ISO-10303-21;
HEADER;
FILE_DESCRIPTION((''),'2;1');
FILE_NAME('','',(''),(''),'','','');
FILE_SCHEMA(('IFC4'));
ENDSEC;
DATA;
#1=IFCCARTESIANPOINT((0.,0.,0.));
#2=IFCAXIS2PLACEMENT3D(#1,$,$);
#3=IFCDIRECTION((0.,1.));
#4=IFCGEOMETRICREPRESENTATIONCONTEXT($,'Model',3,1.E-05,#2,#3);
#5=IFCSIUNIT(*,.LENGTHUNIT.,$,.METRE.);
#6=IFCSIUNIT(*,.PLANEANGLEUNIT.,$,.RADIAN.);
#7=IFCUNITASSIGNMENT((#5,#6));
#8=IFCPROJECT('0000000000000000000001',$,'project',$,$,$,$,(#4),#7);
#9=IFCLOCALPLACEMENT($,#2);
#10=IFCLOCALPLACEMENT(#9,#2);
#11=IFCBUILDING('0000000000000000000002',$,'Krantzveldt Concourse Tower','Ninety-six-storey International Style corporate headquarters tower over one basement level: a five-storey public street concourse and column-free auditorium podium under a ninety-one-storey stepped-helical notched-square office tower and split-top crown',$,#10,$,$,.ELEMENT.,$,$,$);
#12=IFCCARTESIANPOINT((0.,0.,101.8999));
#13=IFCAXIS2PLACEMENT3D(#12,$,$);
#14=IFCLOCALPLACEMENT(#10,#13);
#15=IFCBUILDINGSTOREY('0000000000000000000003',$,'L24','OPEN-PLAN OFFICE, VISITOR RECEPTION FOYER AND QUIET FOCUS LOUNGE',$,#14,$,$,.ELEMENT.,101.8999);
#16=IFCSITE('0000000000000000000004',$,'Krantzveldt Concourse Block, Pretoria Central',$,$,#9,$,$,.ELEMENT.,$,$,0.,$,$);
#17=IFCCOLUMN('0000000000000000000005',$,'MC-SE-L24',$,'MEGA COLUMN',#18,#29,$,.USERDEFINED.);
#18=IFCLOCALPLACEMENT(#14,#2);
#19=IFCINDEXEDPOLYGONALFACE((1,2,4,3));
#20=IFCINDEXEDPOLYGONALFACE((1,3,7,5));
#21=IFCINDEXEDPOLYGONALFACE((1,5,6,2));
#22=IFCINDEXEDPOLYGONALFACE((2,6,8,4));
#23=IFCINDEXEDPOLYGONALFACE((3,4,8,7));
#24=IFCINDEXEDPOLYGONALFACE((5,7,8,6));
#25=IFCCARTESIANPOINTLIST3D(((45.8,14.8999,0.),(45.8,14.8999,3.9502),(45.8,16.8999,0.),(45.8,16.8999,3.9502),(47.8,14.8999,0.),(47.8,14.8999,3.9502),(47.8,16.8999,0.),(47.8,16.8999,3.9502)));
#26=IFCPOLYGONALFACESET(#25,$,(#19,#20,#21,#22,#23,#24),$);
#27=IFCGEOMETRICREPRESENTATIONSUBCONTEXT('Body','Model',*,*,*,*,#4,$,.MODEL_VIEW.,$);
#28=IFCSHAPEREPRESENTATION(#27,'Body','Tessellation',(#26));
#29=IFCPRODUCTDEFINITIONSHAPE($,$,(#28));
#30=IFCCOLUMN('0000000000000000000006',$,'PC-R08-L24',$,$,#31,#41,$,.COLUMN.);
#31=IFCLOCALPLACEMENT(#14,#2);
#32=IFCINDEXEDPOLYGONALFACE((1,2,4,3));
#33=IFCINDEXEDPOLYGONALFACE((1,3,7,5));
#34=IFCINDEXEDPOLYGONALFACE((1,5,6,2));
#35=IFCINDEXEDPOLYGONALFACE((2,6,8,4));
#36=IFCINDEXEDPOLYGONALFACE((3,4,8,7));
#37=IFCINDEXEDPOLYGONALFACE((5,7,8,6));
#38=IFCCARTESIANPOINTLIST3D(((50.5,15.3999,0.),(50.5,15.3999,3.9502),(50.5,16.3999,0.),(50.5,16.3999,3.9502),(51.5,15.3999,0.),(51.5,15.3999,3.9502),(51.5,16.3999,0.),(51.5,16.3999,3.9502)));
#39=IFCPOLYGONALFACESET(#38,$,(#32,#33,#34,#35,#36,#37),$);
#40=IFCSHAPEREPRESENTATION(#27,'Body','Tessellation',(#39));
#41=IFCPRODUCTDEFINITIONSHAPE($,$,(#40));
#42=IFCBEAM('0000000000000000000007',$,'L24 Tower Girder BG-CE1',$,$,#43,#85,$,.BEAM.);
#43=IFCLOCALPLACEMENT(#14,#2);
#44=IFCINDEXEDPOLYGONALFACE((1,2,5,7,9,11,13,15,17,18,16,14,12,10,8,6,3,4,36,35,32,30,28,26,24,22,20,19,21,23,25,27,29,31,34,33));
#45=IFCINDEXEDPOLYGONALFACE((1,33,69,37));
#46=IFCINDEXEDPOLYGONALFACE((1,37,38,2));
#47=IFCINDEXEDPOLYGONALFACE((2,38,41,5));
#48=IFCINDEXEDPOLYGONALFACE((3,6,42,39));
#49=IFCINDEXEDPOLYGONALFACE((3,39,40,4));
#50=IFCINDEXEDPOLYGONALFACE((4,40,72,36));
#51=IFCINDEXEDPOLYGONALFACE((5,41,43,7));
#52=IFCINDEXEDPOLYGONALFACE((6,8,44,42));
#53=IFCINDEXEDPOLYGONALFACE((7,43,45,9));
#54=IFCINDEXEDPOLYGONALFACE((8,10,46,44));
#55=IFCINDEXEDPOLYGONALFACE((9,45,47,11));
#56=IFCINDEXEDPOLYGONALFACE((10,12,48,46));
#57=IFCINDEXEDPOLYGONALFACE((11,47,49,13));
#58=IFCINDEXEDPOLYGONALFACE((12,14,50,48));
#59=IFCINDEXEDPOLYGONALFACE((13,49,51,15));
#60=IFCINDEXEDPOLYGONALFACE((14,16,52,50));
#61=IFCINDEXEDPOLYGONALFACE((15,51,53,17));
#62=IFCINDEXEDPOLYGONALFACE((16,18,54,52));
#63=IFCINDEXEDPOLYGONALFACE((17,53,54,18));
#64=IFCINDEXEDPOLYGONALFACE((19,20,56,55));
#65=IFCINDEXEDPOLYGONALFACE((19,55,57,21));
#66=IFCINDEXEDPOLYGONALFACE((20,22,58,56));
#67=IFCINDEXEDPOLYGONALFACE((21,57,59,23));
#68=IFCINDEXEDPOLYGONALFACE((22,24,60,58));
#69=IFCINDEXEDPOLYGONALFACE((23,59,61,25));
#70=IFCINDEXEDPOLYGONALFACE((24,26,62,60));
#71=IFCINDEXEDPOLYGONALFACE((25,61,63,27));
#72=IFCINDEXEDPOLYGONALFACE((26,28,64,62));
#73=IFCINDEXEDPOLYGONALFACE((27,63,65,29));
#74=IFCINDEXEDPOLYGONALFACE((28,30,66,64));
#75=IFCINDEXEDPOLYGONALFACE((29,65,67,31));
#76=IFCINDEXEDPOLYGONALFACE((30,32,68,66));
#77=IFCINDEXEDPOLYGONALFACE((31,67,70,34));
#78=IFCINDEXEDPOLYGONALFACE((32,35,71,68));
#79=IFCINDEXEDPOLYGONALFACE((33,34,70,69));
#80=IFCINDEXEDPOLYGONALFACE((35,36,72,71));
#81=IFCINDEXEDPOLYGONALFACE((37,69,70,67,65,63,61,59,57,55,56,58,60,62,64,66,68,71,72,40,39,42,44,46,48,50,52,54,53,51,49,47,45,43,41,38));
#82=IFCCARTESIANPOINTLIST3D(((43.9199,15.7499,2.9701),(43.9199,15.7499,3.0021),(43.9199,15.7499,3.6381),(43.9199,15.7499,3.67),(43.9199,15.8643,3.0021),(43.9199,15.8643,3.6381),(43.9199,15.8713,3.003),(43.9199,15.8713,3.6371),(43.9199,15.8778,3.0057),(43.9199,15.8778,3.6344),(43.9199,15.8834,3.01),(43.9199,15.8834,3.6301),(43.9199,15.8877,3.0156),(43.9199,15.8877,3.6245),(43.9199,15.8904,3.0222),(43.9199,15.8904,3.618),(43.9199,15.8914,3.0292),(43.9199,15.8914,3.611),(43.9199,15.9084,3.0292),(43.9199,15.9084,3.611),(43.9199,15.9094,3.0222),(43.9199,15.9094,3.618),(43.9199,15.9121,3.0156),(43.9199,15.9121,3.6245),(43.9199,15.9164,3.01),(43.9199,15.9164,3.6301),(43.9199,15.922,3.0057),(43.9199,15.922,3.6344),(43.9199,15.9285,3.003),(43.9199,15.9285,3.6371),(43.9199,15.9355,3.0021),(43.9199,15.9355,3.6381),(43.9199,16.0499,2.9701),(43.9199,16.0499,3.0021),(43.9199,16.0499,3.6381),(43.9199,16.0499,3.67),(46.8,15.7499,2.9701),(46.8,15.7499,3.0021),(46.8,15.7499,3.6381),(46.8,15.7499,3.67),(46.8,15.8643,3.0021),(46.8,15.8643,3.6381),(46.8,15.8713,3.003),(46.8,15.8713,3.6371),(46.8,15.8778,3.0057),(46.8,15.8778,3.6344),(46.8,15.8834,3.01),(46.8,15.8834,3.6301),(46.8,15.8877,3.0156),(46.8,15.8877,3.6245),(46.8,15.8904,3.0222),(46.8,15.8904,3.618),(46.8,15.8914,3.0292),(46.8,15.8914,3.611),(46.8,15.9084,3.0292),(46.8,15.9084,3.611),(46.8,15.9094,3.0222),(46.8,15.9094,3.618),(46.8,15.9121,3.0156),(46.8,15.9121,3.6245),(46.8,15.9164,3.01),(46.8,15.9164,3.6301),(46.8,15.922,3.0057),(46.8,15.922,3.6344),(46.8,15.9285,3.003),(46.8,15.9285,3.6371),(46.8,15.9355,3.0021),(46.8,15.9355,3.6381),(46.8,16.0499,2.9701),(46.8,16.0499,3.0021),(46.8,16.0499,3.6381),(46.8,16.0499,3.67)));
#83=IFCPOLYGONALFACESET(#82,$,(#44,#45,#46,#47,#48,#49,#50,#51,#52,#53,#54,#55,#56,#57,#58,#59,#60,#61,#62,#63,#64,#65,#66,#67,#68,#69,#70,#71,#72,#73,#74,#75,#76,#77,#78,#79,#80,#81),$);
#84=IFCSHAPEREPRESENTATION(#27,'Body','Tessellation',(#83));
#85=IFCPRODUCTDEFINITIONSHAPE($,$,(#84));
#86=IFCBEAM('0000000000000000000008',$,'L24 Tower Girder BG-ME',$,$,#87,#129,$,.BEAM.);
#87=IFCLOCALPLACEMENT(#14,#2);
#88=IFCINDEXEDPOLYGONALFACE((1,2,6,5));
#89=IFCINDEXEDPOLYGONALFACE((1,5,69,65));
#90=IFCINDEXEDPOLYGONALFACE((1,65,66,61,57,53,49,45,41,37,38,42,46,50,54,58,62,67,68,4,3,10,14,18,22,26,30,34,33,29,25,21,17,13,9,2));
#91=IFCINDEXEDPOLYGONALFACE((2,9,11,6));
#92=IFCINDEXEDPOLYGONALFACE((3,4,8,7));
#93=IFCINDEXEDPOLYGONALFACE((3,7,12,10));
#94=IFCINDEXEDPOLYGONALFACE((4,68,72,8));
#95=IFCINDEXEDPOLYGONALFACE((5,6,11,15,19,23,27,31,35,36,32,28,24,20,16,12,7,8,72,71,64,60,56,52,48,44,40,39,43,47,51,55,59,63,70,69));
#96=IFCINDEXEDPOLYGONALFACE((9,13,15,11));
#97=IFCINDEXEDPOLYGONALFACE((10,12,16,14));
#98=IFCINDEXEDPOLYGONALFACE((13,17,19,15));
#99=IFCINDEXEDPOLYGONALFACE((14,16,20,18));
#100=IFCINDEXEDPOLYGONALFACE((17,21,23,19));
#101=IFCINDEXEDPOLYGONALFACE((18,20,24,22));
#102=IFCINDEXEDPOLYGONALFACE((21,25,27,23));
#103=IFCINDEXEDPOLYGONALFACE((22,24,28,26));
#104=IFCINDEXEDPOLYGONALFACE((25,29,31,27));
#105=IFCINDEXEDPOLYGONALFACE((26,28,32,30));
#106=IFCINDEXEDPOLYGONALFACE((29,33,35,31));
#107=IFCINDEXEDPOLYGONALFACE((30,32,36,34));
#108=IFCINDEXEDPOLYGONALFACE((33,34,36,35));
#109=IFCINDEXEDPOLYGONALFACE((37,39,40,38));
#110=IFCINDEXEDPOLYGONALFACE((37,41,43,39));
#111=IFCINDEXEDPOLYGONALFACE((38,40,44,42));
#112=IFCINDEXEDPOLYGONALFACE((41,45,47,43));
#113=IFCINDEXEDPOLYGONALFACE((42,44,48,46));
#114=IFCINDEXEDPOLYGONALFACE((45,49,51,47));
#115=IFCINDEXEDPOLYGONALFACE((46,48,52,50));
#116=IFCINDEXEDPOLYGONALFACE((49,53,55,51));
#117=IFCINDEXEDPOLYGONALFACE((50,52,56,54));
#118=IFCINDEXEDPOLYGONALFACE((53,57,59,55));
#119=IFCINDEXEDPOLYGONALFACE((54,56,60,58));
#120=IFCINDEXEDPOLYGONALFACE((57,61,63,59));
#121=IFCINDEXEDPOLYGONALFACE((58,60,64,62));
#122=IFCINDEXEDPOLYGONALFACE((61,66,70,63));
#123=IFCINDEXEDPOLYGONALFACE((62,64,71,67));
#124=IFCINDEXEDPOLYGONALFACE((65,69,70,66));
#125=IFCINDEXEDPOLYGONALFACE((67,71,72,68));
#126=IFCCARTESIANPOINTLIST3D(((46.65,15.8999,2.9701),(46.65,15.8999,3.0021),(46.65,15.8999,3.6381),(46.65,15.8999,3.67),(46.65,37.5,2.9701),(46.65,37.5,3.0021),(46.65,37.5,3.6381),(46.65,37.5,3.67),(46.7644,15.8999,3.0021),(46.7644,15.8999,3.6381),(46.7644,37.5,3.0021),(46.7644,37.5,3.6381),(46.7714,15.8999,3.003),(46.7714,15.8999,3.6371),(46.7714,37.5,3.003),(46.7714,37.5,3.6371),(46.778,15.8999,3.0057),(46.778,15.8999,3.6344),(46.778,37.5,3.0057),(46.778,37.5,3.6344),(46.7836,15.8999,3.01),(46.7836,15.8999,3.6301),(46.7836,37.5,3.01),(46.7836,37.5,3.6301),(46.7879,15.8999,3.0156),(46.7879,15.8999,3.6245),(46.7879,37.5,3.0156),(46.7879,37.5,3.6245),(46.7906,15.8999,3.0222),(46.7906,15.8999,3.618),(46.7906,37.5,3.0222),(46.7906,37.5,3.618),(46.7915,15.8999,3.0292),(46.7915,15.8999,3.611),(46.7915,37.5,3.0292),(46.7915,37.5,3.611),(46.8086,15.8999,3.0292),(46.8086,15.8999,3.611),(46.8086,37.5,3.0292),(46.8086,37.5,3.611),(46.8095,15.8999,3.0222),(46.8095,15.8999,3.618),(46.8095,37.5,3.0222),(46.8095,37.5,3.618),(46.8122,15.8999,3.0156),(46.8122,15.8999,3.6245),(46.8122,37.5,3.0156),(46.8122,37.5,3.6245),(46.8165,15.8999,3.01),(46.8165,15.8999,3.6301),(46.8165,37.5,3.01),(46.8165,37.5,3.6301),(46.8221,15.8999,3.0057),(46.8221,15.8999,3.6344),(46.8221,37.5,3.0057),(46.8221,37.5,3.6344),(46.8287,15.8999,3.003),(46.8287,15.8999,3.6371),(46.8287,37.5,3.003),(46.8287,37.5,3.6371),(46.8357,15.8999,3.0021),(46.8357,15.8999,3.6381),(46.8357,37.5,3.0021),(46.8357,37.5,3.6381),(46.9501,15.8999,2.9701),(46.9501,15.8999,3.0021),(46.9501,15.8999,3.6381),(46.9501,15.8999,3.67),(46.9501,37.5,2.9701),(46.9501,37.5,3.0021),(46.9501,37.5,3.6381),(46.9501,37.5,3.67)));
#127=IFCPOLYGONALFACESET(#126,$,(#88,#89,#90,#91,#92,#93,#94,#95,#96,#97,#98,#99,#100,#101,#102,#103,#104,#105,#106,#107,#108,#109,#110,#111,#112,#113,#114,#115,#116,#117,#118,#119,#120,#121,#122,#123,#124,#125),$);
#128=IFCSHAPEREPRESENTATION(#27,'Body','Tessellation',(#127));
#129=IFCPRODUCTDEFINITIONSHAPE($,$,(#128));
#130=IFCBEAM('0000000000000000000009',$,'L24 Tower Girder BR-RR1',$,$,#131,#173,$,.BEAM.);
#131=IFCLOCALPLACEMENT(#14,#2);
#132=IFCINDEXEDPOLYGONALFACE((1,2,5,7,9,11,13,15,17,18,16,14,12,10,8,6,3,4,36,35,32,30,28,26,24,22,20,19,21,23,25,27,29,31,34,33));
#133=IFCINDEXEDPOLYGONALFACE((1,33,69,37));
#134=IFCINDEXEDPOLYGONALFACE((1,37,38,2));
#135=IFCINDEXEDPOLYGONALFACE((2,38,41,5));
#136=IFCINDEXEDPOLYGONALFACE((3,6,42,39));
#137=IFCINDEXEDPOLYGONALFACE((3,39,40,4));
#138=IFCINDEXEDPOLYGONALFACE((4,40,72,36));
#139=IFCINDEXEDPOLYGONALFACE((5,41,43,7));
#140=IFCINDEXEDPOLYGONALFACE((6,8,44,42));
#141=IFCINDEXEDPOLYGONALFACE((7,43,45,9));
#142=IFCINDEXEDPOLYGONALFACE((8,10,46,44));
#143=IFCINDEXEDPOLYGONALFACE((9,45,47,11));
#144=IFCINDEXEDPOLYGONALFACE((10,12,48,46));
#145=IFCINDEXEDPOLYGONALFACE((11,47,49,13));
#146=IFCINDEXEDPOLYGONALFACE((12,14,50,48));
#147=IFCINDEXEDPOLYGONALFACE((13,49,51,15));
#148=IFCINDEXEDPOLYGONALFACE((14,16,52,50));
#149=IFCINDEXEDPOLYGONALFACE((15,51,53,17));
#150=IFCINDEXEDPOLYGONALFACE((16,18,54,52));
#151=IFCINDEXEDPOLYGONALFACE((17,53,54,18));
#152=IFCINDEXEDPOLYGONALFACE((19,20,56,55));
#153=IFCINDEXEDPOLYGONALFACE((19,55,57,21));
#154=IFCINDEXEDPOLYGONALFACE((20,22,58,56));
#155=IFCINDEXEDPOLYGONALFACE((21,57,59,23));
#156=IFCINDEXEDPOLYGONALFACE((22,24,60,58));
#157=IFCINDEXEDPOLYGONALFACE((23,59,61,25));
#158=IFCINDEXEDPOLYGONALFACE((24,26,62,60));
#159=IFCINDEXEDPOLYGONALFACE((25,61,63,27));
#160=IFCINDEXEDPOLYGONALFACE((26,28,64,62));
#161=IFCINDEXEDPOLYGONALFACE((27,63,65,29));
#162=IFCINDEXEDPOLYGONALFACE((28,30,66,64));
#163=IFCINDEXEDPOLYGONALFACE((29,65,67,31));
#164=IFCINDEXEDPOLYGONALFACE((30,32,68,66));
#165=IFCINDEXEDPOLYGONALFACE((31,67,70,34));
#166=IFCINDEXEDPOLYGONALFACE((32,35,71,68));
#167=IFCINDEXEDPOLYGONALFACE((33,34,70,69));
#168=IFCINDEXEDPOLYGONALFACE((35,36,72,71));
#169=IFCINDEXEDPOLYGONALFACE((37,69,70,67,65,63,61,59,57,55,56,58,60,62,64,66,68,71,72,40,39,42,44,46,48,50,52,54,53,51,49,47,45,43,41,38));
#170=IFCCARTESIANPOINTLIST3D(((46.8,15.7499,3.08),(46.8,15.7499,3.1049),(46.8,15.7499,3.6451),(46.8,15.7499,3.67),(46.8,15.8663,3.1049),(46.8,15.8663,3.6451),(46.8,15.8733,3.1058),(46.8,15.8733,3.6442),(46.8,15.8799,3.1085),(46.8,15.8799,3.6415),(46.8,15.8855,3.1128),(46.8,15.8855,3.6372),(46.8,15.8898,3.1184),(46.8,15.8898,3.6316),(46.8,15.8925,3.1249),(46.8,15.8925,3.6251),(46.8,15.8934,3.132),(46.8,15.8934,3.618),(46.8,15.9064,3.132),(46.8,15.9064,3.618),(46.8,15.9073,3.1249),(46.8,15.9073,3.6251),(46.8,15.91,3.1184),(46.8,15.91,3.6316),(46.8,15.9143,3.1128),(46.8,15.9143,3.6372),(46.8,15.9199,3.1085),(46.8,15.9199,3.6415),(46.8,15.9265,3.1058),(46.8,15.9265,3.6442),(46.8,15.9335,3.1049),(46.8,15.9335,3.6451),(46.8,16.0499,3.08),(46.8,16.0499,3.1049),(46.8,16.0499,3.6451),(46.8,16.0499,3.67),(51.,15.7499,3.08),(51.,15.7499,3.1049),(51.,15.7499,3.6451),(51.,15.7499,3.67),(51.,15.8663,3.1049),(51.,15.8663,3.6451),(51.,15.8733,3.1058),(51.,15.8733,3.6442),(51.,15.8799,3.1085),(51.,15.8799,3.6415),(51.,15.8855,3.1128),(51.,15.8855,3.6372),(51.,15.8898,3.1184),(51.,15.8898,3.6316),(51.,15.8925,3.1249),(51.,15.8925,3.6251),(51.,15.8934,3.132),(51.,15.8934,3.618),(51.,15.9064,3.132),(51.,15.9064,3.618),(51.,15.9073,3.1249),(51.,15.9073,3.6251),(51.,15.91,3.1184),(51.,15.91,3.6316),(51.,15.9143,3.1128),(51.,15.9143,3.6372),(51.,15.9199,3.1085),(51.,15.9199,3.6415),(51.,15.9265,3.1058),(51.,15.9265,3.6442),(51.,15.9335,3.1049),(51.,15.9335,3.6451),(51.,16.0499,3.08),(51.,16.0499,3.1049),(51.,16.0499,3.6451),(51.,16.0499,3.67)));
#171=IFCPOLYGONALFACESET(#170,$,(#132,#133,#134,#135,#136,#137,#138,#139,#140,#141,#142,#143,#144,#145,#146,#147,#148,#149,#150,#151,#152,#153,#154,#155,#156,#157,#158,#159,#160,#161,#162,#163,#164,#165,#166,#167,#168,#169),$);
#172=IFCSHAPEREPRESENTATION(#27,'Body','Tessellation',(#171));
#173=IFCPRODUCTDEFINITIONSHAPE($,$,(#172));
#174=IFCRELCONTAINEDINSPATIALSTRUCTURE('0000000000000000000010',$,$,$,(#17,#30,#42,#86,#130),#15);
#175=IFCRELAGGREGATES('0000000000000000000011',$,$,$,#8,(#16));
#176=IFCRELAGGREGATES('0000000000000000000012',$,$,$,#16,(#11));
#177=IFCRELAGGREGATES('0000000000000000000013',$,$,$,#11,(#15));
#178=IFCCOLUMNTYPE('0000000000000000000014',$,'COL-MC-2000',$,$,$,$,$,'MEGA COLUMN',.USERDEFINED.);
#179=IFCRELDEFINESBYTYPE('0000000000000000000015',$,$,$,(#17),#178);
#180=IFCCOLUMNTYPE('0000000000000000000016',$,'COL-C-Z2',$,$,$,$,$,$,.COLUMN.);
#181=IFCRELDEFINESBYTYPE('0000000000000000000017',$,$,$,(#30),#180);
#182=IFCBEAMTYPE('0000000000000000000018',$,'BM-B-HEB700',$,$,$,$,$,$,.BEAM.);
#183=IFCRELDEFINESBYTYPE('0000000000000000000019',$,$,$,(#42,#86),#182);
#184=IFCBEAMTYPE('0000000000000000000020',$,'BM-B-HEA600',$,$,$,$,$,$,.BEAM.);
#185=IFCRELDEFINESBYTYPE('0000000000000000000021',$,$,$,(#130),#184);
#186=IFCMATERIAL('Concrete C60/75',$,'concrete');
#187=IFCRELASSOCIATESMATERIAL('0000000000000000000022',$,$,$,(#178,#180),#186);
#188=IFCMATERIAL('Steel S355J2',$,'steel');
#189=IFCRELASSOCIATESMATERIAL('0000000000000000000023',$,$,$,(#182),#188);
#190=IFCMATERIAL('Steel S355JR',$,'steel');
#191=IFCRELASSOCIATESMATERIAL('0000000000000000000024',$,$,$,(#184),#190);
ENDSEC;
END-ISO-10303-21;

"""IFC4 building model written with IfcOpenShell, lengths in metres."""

from ifc_helpers import new_model, si_unit, direction, frame, origin, origin_2d, place, context, subcontext, project, spatial, rectangle, i_section, extrude, source, transform, mapped, material, material_profile, profile_set, type_object, type_shapes, element, save


model = new_model("IFC4")

# Units and contexts
model_context = context("Model", 3, precision=1e-05, world=origin(), true_north=direction((0.0, 1.0)))
body_context = subcontext(model_context, "Body", "Model", "MODEL_VIEW")
ifc_project = project(units=[si_unit("LENGTHUNIT", "METRE"), si_unit("PLANEANGLEUNIT", "RADIAN")], contexts=[model_context])

# Site, building, storey
site_placement = place(None, origin())
site = spatial("IfcSite", under=ifc_project, at=site_placement, Name="Krantzveldt Concourse Block, Pretoria Central", CompositionType="ELEMENT", RefElevation=0.0)
building_placement = place(site_placement, origin())
building = spatial("IfcBuilding", under=site, at=building_placement, Name="Krantzveldt Concourse Tower", Description="Ninety-six-storey International Style corporate headquarters tower over one basement level: a five-storey public street concourse and column-free auditorium podium under a ninety-one-storey stepped-helical notched-square office tower and split-top crown", CompositionType="ELEMENT")
storey_placement = place(building_placement, frame((0.0, 0.0, 101.8999)))
storey = spatial("IfcBuildingStorey", under=building, at=storey_placement, Name="L24", Description="OPEN-PLAN OFFICE, VISITOR RECEPTION FOYER AND QUIET FOCUS LOUNGE", CompositionType="ELEMENT", Elevation=101.8999)

# Columns
ifc_material_1 = material(Name="Concrete C60/75", Category="concrete")
ifc_material_profile_1 = material_profile(ifc_material_1, rectangle(XDim=2.0, YDim=2.0, at=origin_2d()), Name="Concrete C60/75", Category="concrete")
ifc_profile_set_1 = profile_set([ifc_material_profile_1], Name="Concrete C60/75 - RC 2000x2000")
column_type_1 = type_object("IfcColumnType", Name="COL-MC-2000", ElementType="MEGA COLUMN", PredefinedType="USERDEFINED", material=ifc_profile_set_1)
shared_shape_1 = source(origin(), body_context, "Body", "SweptSolid", [
    extrude(rectangle(XDim=2.0, YDim=2.0, at=origin_2d()), origin(), (0.0, 0.0, 1.0), 3.9502),
])
type_shapes(column_type_1, [shared_shape_1])
column_1_placement = place(storey_placement, frame((46.8, 15.8999, 0.0), z_axis=(0.0, 0.0, 1.0), x_axis=(1.0, 0.0, 0.0)))
element("IfcColumn", 1, at=column_1_placement, inside=storey, type_object=column_type_1, Name="MC-SE-L24", ObjectType="MEGA COLUMN", PredefinedType="USERDEFINED", context=body_context, shape_type="MappedRepresentation", body=[
    mapped(shared_shape_1, transform((0.0, 0.0, 0.0), x_axis=(1.0, 0.0, 0.0), y_axis=(0.0, 1.0, 0.0), z_axis=(0.0, 0.0, 1.0), scale=1.0)),
])
ifc_material_profile_2 = material_profile(ifc_material_1, rectangle(XDim=1.0, YDim=1.0, at=origin_2d()), Name="Concrete C60/75", Category="concrete")
ifc_profile_set_2 = profile_set([ifc_material_profile_2], Name="Concrete C60/75 - RC 1000x1000")
column_type_2 = type_object("IfcColumnType", Name="COL-C-Z2", PredefinedType="COLUMN", material=ifc_profile_set_2)
shared_shape_2 = source(origin(), body_context, "Body", "SweptSolid", [
    extrude(rectangle(XDim=1.0, YDim=1.0, at=origin_2d()), origin(), (0.0, 0.0, 1.0), 3.9502),
])
type_shapes(column_type_2, [shared_shape_2])
column_2_placement = place(storey_placement, frame((51.0, 15.8999, 0.0), z_axis=(0.0, 0.0, 1.0), x_axis=(1.0, 0.0, 0.0)))
element("IfcColumn", 2, at=column_2_placement, inside=storey, type_object=column_type_2, Name="PC-R08-L24", PredefinedType="COLUMN", context=body_context, shape_type="MappedRepresentation", body=[
    mapped(shared_shape_2, transform((0.0, 0.0, 0.0), x_axis=(1.0, 0.0, 0.0), y_axis=(0.0, 1.0, 0.0), z_axis=(0.0, 0.0, 1.0), scale=1.0)),
])

# Beams
ifc_material_2 = material(Name="Steel S355J2", Category="steel")
ifc_material_profile_3 = material_profile(ifc_material_2, i_section(OverallWidth=0.3, OverallDepth=0.7, WebThickness=0.0171, FlangeThickness=0.032, FilletRadius=0.0271, at=origin_2d()), Name="Steel S355J2", Category="steel")
ifc_profile_set_3 = profile_set([ifc_material_profile_3], Name="Steel S355J2 - HEB 700")
beam_type_1 = type_object("IfcBeamType", Name="BM-B-HEB700", PredefinedType="BEAM", material=ifc_profile_set_3)
shared_shape_3 = source(origin(), body_context, "Body", "SweptSolid", [
    extrude(i_section(OverallWidth=0.3, OverallDepth=0.7, WebThickness=0.0171, FlangeThickness=0.032, FilletRadius=0.0271, at=origin_2d()), origin(), (0.0, 0.0, 1.0), 2.8801),
])
beam_1_placement = place(storey_placement, frame((43.9199, 15.8999, 3.3201), z_axis=(1.0, 0.0, 0.0), x_axis=(0.0, 1.0, 0.0)))
element("IfcBeam", 3, at=beam_1_placement, inside=storey, type_object=beam_type_1, Name="L24 Tower Girder BG-CE1", PredefinedType="BEAM", context=body_context, shape_type="MappedRepresentation", body=[
    mapped(shared_shape_3, transform((0.0, 0.0, 0.0), x_axis=(1.0, 0.0, 0.0), y_axis=(0.0, 1.0, 0.0), z_axis=(0.0, 0.0, 1.0), scale=1.0)),
])
shared_shape_4 = source(origin(), body_context, "Body", "SweptSolid", [
    extrude(i_section(OverallWidth=0.3, OverallDepth=0.7, WebThickness=0.0171, FlangeThickness=0.032, FilletRadius=0.0271, at=origin_2d()), origin(), (0.0, 0.0, 1.0), 21.6001),
])
type_shapes(beam_type_1, [shared_shape_3, shared_shape_4])
beam_2_placement = place(storey_placement, frame((46.8, 15.8999, 3.3201), z_axis=(0.0, 1.0, 0.0), x_axis=(-1.0, 0.0, 0.0)))
element("IfcBeam", 4, at=beam_2_placement, inside=storey, type_object=beam_type_1, Name="L24 Tower Girder BG-ME", PredefinedType="BEAM", context=body_context, shape_type="MappedRepresentation", body=[
    mapped(shared_shape_4, transform((0.0, 0.0, 0.0), x_axis=(1.0, 0.0, 0.0), y_axis=(0.0, 1.0, 0.0), z_axis=(0.0, 0.0, 1.0), scale=1.0)),
])
ifc_material_3 = material(Name="Steel S355JR", Category="steel")
ifc_material_profile_4 = material_profile(ifc_material_3, i_section(OverallWidth=0.3, OverallDepth=0.5901, WebThickness=0.0129, FlangeThickness=0.0249, FilletRadius=0.0271, at=origin_2d()), Name="Steel S355JR", Category="steel")
ifc_profile_set_4 = profile_set([ifc_material_profile_4], Name="Steel S355JR - HEA 600")
beam_type_2 = type_object("IfcBeamType", Name="BM-B-HEA600", PredefinedType="BEAM", material=ifc_profile_set_4)
shared_shape_5 = source(origin(), body_context, "Body", "SweptSolid", [
    extrude(i_section(OverallWidth=0.3, OverallDepth=0.5901, WebThickness=0.0129, FlangeThickness=0.0249, FilletRadius=0.0271, at=origin_2d()), origin(), (0.0, 0.0, 1.0), 4.2),
])
beam_3_placement = place(storey_placement, frame((46.8, 15.8999, 3.375), z_axis=(1.0, 0.0, 0.0), x_axis=(0.0, 1.0, 0.0)))
element("IfcBeam", 5, at=beam_3_placement, inside=storey, type_object=beam_type_2, Name="L24 Tower Girder BR-RR1", PredefinedType="BEAM", context=body_context, shape_type="MappedRepresentation", body=[
    mapped(shared_shape_5, transform((0.0, 0.0, 0.0), x_axis=(1.0, 0.0, 0.0), y_axis=(0.0, 1.0, 0.0), z_axis=(0.0, 0.0, 1.0), scale=1.0)),
])

save(model, "model.ifc")
